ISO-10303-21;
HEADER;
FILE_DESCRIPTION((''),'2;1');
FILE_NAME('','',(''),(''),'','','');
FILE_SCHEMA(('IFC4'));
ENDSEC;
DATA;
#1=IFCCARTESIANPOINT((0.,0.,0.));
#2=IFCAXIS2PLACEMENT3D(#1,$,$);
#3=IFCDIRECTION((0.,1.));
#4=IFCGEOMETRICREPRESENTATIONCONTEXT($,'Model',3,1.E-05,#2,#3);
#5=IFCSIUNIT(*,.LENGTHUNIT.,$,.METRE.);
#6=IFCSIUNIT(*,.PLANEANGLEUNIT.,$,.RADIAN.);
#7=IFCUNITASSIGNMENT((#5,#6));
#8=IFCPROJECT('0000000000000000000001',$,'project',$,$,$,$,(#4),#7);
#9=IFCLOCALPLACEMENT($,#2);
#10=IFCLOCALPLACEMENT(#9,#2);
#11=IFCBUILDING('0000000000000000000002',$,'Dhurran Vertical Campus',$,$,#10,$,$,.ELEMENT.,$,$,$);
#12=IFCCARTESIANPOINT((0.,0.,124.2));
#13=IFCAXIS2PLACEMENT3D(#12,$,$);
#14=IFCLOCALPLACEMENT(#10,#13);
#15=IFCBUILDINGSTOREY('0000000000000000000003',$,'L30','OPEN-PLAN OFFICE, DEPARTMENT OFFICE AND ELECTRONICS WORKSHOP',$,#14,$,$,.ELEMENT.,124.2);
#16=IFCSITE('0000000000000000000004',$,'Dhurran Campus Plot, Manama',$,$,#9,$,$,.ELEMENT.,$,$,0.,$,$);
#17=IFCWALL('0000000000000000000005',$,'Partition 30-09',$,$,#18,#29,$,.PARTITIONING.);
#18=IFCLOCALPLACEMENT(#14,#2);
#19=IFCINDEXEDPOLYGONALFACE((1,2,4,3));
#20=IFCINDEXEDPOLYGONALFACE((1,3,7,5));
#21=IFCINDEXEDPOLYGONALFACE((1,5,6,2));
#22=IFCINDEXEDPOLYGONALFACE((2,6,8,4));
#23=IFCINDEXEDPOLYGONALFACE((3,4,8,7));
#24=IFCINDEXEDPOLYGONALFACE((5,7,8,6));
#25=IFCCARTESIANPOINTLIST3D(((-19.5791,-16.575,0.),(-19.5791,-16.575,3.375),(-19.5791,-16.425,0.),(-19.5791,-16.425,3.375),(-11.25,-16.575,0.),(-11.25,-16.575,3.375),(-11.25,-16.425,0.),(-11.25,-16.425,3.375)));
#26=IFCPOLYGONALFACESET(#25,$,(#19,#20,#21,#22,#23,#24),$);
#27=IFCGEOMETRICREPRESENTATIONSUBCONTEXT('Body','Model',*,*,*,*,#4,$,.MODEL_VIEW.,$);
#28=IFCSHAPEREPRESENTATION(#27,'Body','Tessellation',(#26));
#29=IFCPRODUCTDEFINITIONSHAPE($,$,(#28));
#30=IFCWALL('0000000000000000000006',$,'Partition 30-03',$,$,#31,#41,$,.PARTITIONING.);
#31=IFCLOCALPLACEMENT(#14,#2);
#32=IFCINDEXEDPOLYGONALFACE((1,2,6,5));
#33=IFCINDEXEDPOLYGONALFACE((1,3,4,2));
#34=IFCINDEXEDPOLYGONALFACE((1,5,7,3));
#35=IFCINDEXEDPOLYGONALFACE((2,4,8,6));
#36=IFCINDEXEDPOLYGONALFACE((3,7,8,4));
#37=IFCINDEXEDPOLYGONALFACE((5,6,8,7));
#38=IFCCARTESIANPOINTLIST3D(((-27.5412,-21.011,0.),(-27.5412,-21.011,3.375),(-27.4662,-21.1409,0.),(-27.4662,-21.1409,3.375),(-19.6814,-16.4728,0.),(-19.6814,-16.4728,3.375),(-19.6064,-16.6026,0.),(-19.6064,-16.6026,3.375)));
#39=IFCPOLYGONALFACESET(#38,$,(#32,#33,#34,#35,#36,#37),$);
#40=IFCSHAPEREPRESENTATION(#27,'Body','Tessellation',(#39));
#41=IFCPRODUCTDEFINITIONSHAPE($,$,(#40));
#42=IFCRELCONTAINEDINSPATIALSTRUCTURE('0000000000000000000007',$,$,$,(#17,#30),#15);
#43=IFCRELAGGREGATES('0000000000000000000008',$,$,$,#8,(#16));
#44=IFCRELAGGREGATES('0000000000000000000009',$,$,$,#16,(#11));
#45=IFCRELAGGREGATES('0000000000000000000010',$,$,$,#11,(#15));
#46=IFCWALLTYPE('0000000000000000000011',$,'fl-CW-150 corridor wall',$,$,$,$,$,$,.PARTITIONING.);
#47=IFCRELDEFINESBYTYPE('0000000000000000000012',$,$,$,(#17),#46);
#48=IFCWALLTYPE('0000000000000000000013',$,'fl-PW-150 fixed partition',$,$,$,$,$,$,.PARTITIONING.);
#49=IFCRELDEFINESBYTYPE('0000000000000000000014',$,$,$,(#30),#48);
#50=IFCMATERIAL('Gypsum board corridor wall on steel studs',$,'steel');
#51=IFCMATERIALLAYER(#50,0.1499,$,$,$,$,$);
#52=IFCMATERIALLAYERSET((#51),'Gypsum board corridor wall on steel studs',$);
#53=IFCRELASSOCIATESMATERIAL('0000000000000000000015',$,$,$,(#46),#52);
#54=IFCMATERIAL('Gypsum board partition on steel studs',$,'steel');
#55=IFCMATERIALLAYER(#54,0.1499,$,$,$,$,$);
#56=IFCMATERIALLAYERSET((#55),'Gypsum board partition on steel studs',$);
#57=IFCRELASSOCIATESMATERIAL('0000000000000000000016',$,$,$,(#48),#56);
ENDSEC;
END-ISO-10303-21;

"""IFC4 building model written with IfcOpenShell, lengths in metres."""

from ifc_helpers import new_model, si_unit, direction, frame, frame_2d, origin, place, context, subcontext, project, spatial, rectangle, extrude, material, layer, layer_set, type_object, element, save


model = new_model("IFC4")

# Units and contexts
model_context = context("Model", 3, precision=1e-05, world=origin(), true_north=direction((0.0, 1.0)))
body_context = subcontext(model_context, "Body", "Model", "MODEL_VIEW")
ifc_project = project(units=[si_unit("LENGTHUNIT", "METRE"), si_unit("PLANEANGLEUNIT", "RADIAN")], contexts=[model_context])

# Site, building, storey
site_placement = place(None, origin())
site = spatial("IfcSite", under=ifc_project, at=site_placement, Name="Dhurran Campus Plot, Manama", CompositionType="ELEMENT", RefElevation=0.0)
building_placement = place(site_placement, origin())
building = spatial("IfcBuilding", under=site, at=building_placement, Name="Dhurran Vertical Campus", CompositionType="ELEMENT")
storey_placement = place(building_placement, frame((0.0, 0.0, 124.2)))
storey = spatial("IfcBuildingStorey", under=building, at=storey_placement, Name="L30", Description="OPEN-PLAN OFFICE, DEPARTMENT OFFICE AND ELECTRONICS WORKSHOP", CompositionType="ELEMENT", Elevation=124.2)

# Walls
ifc_material_1 = material(Name="Gypsum board corridor wall on steel studs", Category="steel")
ifc_layer_1 = layer(ifc_material_1, 0.1499)
ifc_layer_set_1 = layer_set([ifc_layer_1], Name="Gypsum board corridor wall on steel studs")
wall_type_1 = type_object("IfcWallType", Name="fl-CW-150 corridor wall", PredefinedType="PARTITIONING", material=ifc_layer_set_1)
wall_1_placement = place(storey_placement, frame((-19.5791, -16.5, 0.0), z_axis=(0.0, 0.0, 1.0), x_axis=(1.0, 0.0, 0.0)))
element("IfcWall", 1, at=wall_1_placement, inside=storey, type_object=wall_type_1, Name="Partition 30-09", PredefinedType="PARTITIONING", context=body_context, shape_type="SweptSolid", body=[
    extrude(rectangle(XDim=8.3291, YDim=0.1499, at=frame_2d((4.1646, 0.0))), origin(), (0.0, 0.0, 1.0), 3.375),
])
ifc_material_2 = material(Name="Gypsum board partition on steel studs", Category="steel")
ifc_layer_2 = layer(ifc_material_2, 0.1499)
ifc_layer_set_2 = layer_set([ifc_layer_2], Name="Gypsum board partition on steel studs")
wall_type_2 = type_object("IfcWallType", Name="fl-PW-150 fixed partition", PredefinedType="PARTITIONING", material=ifc_layer_set_2)
wall_2_placement = place(storey_placement, frame((-19.6438, -16.5376, 0.0), z_axis=(0.0, 0.0, 1.0), x_axis=(-0.866005, -0.500036, 0.0)))
element("IfcWall", 2, at=wall_2_placement, inside=storey, type_object=wall_type_2, Name="Partition 30-03", PredefinedType="PARTITIONING", context=body_context, shape_type="SweptSolid", body=[
    extrude(rectangle(XDim=9.0759, YDim=0.1499, at=frame_2d((4.5381, 0.0))), origin(), (0.0, 0.0, 1.0), 3.375),
])

save(model, "model.ifc")
